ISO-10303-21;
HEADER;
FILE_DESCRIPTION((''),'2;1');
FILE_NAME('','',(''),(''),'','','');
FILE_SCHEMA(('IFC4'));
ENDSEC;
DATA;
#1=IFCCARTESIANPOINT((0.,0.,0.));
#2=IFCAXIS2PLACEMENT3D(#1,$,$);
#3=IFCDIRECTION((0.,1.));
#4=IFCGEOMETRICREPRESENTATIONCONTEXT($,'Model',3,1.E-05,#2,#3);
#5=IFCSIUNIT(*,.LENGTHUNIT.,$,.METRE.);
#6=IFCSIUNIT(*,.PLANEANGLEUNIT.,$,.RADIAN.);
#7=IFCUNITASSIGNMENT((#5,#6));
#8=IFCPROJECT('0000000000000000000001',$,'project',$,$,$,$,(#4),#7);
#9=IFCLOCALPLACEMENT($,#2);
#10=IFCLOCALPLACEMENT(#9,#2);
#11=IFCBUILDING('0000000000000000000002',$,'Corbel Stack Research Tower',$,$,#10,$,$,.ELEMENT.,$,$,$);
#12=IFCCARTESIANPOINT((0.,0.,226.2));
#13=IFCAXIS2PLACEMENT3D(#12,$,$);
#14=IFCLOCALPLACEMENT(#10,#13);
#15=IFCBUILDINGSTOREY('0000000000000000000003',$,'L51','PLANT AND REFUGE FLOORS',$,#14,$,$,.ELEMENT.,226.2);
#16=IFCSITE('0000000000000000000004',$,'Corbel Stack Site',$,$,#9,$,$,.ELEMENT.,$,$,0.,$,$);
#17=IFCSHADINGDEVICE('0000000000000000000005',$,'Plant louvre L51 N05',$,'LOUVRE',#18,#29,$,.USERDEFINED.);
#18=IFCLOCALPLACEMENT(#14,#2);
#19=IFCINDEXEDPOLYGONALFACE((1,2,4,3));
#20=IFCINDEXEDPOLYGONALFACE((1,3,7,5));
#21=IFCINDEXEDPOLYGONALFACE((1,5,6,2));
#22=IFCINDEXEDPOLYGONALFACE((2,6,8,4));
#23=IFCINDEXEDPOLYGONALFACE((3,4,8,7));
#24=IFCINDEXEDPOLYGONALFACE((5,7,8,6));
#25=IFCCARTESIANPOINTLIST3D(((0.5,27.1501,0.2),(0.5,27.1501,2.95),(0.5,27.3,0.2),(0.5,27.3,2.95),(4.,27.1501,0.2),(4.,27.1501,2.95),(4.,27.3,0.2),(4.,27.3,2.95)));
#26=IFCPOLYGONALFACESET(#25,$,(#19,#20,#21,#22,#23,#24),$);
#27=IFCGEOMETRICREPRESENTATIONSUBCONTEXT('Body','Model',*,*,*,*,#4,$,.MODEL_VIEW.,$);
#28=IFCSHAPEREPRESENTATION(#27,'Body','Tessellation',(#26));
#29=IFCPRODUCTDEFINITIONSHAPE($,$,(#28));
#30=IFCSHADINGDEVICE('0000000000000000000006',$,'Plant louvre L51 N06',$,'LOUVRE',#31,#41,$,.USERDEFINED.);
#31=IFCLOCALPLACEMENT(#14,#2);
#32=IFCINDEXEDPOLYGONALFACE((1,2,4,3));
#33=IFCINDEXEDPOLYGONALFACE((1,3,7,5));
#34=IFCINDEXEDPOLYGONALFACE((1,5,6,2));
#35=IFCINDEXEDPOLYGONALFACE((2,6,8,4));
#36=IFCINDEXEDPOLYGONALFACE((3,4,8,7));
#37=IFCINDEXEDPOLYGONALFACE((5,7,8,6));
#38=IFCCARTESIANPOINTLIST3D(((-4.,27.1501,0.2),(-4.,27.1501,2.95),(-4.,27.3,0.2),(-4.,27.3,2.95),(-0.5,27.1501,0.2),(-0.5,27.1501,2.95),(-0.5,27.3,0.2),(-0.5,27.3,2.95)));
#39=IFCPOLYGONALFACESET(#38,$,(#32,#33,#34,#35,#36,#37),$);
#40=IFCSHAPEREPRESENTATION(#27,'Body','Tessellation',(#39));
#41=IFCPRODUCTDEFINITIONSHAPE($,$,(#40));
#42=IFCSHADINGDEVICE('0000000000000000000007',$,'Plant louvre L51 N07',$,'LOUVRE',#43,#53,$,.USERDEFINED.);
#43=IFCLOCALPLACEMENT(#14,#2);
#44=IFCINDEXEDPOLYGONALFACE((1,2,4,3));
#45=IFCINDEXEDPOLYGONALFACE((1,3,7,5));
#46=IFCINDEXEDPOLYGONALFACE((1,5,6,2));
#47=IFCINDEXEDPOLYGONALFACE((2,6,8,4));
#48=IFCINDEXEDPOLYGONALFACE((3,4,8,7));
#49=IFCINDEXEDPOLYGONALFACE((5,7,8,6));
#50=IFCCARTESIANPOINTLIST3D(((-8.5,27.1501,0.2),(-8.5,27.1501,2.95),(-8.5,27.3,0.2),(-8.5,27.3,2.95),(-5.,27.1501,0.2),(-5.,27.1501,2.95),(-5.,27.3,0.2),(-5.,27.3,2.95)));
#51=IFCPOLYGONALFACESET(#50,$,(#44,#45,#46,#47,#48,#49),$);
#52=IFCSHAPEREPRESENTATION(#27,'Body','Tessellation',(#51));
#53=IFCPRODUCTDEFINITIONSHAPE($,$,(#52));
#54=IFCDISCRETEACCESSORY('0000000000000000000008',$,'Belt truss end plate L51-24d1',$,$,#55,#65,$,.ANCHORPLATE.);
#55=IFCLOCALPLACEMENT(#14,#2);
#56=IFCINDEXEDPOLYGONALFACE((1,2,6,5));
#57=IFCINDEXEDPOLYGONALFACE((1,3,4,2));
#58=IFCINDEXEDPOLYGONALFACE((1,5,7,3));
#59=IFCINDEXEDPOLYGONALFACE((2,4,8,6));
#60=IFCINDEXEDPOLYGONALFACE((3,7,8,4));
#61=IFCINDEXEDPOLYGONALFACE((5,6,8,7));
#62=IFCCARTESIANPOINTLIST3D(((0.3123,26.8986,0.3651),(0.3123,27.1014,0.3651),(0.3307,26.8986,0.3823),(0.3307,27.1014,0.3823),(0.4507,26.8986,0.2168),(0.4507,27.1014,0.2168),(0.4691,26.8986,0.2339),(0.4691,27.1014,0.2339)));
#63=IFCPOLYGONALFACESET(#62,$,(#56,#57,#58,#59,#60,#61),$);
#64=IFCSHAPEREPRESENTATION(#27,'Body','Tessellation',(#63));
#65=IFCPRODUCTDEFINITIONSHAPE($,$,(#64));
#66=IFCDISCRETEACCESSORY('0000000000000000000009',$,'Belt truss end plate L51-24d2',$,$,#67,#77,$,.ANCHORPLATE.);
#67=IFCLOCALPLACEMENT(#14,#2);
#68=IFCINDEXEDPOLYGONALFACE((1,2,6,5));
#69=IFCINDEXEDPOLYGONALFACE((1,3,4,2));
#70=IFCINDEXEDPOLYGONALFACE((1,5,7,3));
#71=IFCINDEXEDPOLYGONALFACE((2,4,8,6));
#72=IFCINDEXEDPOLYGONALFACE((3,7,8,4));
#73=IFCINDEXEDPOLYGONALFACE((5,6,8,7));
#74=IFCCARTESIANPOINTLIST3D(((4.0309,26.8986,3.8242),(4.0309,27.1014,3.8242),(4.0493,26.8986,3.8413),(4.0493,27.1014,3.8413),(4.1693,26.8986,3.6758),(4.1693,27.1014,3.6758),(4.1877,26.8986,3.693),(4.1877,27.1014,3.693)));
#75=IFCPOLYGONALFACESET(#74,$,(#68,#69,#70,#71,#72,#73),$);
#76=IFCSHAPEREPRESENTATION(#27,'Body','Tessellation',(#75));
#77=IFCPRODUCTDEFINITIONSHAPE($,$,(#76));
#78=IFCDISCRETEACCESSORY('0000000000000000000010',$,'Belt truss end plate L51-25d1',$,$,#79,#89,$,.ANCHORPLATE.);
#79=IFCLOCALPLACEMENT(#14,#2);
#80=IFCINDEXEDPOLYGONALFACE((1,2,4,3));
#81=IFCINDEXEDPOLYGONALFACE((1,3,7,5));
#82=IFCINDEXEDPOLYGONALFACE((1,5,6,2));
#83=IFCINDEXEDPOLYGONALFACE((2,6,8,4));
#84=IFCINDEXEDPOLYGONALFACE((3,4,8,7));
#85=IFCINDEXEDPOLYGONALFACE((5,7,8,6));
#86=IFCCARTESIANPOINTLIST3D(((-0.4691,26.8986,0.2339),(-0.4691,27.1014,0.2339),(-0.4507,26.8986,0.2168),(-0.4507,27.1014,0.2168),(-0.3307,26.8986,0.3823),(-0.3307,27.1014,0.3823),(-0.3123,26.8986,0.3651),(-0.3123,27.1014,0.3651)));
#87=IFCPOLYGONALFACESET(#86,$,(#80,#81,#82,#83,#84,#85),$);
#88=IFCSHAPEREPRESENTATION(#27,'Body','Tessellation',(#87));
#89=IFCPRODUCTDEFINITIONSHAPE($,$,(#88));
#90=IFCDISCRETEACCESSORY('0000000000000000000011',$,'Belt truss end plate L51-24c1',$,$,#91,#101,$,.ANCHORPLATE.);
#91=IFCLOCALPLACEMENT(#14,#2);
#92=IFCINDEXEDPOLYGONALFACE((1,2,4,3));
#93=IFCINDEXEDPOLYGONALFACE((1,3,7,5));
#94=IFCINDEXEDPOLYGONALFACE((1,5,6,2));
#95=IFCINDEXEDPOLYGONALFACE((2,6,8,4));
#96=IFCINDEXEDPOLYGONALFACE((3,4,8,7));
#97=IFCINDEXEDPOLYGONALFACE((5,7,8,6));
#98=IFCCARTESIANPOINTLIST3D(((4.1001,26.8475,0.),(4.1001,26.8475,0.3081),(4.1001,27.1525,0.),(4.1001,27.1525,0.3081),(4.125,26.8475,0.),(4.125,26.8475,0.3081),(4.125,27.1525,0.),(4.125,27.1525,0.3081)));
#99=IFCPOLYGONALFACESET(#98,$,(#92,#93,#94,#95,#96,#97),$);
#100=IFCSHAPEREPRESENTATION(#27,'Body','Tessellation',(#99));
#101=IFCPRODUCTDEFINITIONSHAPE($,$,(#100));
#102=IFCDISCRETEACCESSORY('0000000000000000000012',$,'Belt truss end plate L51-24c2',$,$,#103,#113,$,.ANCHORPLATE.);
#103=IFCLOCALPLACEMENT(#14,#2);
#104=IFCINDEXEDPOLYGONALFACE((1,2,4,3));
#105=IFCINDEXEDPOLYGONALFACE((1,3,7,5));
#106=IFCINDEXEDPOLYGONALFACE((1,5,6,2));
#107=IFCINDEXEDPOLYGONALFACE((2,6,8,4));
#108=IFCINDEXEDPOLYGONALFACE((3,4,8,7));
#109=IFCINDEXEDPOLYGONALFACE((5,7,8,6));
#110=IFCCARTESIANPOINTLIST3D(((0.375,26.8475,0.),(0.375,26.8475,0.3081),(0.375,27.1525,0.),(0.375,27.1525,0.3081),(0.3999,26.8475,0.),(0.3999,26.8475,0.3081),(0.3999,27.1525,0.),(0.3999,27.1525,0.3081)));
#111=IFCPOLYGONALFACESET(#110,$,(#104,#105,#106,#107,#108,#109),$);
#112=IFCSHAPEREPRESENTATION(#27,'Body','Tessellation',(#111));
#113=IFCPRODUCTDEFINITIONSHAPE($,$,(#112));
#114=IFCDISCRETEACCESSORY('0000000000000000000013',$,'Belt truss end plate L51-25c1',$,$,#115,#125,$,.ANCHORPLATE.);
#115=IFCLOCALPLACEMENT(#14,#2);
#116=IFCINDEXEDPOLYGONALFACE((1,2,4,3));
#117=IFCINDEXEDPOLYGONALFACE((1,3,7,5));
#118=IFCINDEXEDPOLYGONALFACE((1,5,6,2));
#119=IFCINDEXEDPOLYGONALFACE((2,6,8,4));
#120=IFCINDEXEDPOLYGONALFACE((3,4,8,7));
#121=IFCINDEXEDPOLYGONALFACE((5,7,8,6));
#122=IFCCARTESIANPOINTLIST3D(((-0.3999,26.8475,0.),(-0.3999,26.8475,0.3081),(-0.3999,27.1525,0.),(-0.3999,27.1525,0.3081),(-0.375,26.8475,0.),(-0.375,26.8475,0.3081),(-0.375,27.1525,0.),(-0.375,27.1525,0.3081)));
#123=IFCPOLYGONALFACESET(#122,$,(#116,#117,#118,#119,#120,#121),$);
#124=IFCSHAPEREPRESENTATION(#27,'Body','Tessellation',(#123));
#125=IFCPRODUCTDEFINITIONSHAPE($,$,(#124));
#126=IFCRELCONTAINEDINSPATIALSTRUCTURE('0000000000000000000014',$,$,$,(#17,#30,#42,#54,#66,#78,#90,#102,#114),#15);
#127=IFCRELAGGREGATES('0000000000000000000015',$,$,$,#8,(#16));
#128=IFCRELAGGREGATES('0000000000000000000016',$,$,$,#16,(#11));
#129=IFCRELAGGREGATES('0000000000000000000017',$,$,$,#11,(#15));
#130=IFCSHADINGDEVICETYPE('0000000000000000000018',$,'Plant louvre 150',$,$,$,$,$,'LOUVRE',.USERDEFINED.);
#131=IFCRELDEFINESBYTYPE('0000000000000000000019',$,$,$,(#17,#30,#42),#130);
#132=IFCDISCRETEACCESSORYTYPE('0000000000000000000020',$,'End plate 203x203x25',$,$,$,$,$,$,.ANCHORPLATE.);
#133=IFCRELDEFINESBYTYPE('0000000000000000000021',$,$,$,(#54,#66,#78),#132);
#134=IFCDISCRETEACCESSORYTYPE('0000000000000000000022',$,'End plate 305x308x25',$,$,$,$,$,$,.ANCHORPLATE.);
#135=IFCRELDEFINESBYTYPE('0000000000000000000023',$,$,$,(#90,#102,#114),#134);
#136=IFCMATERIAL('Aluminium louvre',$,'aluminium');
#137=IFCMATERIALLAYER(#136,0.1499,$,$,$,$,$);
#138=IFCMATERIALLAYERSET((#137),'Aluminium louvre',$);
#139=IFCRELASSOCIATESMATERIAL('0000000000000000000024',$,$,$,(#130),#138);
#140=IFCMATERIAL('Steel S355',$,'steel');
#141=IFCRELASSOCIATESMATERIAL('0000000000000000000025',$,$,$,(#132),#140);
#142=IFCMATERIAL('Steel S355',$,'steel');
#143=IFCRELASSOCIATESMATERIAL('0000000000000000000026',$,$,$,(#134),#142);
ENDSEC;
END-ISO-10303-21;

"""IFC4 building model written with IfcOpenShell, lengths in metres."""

from ifc_helpers import new_model, si_unit, direction, frame, origin, origin_2d, place, context, subcontext, project, spatial, rectangle, extrude, material, layer, layer_set, material_profile, profile_set, type_object, element, save


model = new_model("IFC4")

# Units and contexts
model_context = context("Model", 3, precision=1e-05, world=origin(), true_north=direction((0.0, 1.0)))
body_context = subcontext(model_context, "Body", "Model", "MODEL_VIEW")
ifc_project = project(units=[si_unit("LENGTHUNIT", "METRE"), si_unit("PLANEANGLEUNIT", "RADIAN")], contexts=[model_context])

# Site, building, storey
site_placement = place(None, origin())
site = spatial("IfcSite", under=ifc_project, at=site_placement, Name="Corbel Stack Site", CompositionType="ELEMENT", RefElevation=0.0)
building_placement = place(site_placement, origin())
building = spatial("IfcBuilding", under=site, at=building_placement, Name="Corbel Stack Research Tower", CompositionType="ELEMENT")
storey_placement = place(building_placement, frame((0.0, 0.0, 226.2)))
storey = spatial("IfcBuildingStorey", under=building, at=storey_placement, Name="L51", Description="PLANT AND REFUGE FLOORS", CompositionType="ELEMENT", Elevation=226.2)

# Shading devices
ifc_material_1 = material(Name="Aluminium louvre", Category="aluminium")
ifc_layer_1 = layer(ifc_material_1, 0.1499)
ifc_layer_set_1 = layer_set([ifc_layer_1], Name="Aluminium louvre")
shading_device_type = type_object("IfcShadingDeviceType", Name="Plant louvre 150", ElementType="LOUVRE", PredefinedType="USERDEFINED", material=ifc_layer_set_1)
for number, where, z_axis, x_axis, name in (
    (1, (2.25, 27.2251, 0.2), (0.0, 0.0, 1.0), (-1.0, 0.0, 0.0), "Plant louvre L51 N05"),
    (2, (-2.25, 27.2251, 0.2), (0.0, 0.0, 1.0), (-1.0, 0.0, 0.0), "Plant louvre L51 N06"),
    (3, (-6.75, 27.2251, 0.2), (0.0, 0.0, 1.0), (-1.0, 0.0, 0.0), "Plant louvre L51 N07"),
):
    element("IfcShadingDevice", number, at=place(storey_placement, frame(where, z_axis=z_axis, x_axis=x_axis)), inside=storey, type_object=shading_device_type, Name=name, ObjectType="LOUVRE", PredefinedType="USERDEFINED", context=body_context, shape_type="SweptSolid", body=[
        extrude(rectangle(XDim=3.5, YDim=0.1499, at=origin_2d()), origin(), (0.0, 0.0, 1.0), 2.75),
    ])

# Discrete accessories
ifc_material_2 = material(Name="Steel S355", Category="steel")
ifc_material_profile_1 = material_profile(ifc_material_2, rectangle(XDim=0.2029, YDim=0.2029, at=origin_2d()), Name="End plate 203x203x25")
ifc_profile_set_1 = profile_set([ifc_material_profile_1], Name="Steel S355")
discrete_accessory_type_1 = type_object("IfcDiscreteAccessoryType", Name="End plate 203x203x25", PredefinedType="ANCHORPLATE", material=ifc_profile_set_1)
for number, where, z_axis, x_axis, name in (
    (4, (0.3999, 27.0, 0.3081), (-0.731055, 0.0, -0.682318), (0.0, -1.0, 0.0), "Belt truss end plate L51-24d1"),
    (5, (4.1001, 27.0, 3.75), (0.731055, 0.0, 0.682318), (0.0, 1.0, 0.0), "Belt truss end plate L51-24d2"),
    (6, (-0.3999, 27.0, 0.3081), (0.731055, 0.0, -0.682318), (0.0, 1.0, 0.0), "Belt truss end plate L51-25d1"),
):
    element("IfcDiscreteAccessory", number, at=place(storey_placement, frame(where, z_axis=z_axis, x_axis=x_axis)), inside=storey, type_object=discrete_accessory_type_1, Name=name, PredefinedType="ANCHORPLATE", context=body_context, shape_type="SweptSolid", body=[
        extrude(rectangle(XDim=0.2029, YDim=0.2029, at=origin_2d()), origin(), (0.0, 0.0, 1.0), 0.0251),
    ])
ifc_material_3 = material(Name="Steel S355", Category="steel")
ifc_material_profile_2 = material_profile(ifc_material_3, rectangle(XDim=0.3049, YDim=0.3081, at=origin_2d()), Name="End plate 305x308x25")
ifc_profile_set_2 = profile_set([ifc_material_profile_2], Name="Steel S355")
discrete_accessory_type_2 = type_object("IfcDiscreteAccessoryType", Name="End plate 305x308x25", PredefinedType="ANCHORPLATE", material=ifc_profile_set_2)
for number, where, z_axis, x_axis, name in (
    (7, (4.1001, 27.0, 0.1541), (1.0, 0.0, 0.0), (0.0, 1.0, 0.0), "Belt truss end plate L51-24c1"),
    (8, (0.3999, 27.0, 0.1541), (-1.0, 0.0, 0.0), (0.0, -1.0, 0.0), "Belt truss end plate L51-24c2"),
    (9, (-0.3999, 27.0, 0.1541), (1.0, 0.0, 0.0), (0.0, 1.0, 0.0), "Belt truss end plate L51-25c1"),
):
    element("IfcDiscreteAccessory", number, at=place(storey_placement, frame(where, z_axis=z_axis, x_axis=x_axis)), inside=storey, type_object=discrete_accessory_type_2, Name=name, PredefinedType="ANCHORPLATE", context=body_context, shape_type="SweptSolid", body=[
        extrude(rectangle(XDim=0.3049, YDim=0.3081, at=origin_2d()), origin(), (0.0, 0.0, 1.0), 0.0249),
    ])

save(model, "model.ifc")
